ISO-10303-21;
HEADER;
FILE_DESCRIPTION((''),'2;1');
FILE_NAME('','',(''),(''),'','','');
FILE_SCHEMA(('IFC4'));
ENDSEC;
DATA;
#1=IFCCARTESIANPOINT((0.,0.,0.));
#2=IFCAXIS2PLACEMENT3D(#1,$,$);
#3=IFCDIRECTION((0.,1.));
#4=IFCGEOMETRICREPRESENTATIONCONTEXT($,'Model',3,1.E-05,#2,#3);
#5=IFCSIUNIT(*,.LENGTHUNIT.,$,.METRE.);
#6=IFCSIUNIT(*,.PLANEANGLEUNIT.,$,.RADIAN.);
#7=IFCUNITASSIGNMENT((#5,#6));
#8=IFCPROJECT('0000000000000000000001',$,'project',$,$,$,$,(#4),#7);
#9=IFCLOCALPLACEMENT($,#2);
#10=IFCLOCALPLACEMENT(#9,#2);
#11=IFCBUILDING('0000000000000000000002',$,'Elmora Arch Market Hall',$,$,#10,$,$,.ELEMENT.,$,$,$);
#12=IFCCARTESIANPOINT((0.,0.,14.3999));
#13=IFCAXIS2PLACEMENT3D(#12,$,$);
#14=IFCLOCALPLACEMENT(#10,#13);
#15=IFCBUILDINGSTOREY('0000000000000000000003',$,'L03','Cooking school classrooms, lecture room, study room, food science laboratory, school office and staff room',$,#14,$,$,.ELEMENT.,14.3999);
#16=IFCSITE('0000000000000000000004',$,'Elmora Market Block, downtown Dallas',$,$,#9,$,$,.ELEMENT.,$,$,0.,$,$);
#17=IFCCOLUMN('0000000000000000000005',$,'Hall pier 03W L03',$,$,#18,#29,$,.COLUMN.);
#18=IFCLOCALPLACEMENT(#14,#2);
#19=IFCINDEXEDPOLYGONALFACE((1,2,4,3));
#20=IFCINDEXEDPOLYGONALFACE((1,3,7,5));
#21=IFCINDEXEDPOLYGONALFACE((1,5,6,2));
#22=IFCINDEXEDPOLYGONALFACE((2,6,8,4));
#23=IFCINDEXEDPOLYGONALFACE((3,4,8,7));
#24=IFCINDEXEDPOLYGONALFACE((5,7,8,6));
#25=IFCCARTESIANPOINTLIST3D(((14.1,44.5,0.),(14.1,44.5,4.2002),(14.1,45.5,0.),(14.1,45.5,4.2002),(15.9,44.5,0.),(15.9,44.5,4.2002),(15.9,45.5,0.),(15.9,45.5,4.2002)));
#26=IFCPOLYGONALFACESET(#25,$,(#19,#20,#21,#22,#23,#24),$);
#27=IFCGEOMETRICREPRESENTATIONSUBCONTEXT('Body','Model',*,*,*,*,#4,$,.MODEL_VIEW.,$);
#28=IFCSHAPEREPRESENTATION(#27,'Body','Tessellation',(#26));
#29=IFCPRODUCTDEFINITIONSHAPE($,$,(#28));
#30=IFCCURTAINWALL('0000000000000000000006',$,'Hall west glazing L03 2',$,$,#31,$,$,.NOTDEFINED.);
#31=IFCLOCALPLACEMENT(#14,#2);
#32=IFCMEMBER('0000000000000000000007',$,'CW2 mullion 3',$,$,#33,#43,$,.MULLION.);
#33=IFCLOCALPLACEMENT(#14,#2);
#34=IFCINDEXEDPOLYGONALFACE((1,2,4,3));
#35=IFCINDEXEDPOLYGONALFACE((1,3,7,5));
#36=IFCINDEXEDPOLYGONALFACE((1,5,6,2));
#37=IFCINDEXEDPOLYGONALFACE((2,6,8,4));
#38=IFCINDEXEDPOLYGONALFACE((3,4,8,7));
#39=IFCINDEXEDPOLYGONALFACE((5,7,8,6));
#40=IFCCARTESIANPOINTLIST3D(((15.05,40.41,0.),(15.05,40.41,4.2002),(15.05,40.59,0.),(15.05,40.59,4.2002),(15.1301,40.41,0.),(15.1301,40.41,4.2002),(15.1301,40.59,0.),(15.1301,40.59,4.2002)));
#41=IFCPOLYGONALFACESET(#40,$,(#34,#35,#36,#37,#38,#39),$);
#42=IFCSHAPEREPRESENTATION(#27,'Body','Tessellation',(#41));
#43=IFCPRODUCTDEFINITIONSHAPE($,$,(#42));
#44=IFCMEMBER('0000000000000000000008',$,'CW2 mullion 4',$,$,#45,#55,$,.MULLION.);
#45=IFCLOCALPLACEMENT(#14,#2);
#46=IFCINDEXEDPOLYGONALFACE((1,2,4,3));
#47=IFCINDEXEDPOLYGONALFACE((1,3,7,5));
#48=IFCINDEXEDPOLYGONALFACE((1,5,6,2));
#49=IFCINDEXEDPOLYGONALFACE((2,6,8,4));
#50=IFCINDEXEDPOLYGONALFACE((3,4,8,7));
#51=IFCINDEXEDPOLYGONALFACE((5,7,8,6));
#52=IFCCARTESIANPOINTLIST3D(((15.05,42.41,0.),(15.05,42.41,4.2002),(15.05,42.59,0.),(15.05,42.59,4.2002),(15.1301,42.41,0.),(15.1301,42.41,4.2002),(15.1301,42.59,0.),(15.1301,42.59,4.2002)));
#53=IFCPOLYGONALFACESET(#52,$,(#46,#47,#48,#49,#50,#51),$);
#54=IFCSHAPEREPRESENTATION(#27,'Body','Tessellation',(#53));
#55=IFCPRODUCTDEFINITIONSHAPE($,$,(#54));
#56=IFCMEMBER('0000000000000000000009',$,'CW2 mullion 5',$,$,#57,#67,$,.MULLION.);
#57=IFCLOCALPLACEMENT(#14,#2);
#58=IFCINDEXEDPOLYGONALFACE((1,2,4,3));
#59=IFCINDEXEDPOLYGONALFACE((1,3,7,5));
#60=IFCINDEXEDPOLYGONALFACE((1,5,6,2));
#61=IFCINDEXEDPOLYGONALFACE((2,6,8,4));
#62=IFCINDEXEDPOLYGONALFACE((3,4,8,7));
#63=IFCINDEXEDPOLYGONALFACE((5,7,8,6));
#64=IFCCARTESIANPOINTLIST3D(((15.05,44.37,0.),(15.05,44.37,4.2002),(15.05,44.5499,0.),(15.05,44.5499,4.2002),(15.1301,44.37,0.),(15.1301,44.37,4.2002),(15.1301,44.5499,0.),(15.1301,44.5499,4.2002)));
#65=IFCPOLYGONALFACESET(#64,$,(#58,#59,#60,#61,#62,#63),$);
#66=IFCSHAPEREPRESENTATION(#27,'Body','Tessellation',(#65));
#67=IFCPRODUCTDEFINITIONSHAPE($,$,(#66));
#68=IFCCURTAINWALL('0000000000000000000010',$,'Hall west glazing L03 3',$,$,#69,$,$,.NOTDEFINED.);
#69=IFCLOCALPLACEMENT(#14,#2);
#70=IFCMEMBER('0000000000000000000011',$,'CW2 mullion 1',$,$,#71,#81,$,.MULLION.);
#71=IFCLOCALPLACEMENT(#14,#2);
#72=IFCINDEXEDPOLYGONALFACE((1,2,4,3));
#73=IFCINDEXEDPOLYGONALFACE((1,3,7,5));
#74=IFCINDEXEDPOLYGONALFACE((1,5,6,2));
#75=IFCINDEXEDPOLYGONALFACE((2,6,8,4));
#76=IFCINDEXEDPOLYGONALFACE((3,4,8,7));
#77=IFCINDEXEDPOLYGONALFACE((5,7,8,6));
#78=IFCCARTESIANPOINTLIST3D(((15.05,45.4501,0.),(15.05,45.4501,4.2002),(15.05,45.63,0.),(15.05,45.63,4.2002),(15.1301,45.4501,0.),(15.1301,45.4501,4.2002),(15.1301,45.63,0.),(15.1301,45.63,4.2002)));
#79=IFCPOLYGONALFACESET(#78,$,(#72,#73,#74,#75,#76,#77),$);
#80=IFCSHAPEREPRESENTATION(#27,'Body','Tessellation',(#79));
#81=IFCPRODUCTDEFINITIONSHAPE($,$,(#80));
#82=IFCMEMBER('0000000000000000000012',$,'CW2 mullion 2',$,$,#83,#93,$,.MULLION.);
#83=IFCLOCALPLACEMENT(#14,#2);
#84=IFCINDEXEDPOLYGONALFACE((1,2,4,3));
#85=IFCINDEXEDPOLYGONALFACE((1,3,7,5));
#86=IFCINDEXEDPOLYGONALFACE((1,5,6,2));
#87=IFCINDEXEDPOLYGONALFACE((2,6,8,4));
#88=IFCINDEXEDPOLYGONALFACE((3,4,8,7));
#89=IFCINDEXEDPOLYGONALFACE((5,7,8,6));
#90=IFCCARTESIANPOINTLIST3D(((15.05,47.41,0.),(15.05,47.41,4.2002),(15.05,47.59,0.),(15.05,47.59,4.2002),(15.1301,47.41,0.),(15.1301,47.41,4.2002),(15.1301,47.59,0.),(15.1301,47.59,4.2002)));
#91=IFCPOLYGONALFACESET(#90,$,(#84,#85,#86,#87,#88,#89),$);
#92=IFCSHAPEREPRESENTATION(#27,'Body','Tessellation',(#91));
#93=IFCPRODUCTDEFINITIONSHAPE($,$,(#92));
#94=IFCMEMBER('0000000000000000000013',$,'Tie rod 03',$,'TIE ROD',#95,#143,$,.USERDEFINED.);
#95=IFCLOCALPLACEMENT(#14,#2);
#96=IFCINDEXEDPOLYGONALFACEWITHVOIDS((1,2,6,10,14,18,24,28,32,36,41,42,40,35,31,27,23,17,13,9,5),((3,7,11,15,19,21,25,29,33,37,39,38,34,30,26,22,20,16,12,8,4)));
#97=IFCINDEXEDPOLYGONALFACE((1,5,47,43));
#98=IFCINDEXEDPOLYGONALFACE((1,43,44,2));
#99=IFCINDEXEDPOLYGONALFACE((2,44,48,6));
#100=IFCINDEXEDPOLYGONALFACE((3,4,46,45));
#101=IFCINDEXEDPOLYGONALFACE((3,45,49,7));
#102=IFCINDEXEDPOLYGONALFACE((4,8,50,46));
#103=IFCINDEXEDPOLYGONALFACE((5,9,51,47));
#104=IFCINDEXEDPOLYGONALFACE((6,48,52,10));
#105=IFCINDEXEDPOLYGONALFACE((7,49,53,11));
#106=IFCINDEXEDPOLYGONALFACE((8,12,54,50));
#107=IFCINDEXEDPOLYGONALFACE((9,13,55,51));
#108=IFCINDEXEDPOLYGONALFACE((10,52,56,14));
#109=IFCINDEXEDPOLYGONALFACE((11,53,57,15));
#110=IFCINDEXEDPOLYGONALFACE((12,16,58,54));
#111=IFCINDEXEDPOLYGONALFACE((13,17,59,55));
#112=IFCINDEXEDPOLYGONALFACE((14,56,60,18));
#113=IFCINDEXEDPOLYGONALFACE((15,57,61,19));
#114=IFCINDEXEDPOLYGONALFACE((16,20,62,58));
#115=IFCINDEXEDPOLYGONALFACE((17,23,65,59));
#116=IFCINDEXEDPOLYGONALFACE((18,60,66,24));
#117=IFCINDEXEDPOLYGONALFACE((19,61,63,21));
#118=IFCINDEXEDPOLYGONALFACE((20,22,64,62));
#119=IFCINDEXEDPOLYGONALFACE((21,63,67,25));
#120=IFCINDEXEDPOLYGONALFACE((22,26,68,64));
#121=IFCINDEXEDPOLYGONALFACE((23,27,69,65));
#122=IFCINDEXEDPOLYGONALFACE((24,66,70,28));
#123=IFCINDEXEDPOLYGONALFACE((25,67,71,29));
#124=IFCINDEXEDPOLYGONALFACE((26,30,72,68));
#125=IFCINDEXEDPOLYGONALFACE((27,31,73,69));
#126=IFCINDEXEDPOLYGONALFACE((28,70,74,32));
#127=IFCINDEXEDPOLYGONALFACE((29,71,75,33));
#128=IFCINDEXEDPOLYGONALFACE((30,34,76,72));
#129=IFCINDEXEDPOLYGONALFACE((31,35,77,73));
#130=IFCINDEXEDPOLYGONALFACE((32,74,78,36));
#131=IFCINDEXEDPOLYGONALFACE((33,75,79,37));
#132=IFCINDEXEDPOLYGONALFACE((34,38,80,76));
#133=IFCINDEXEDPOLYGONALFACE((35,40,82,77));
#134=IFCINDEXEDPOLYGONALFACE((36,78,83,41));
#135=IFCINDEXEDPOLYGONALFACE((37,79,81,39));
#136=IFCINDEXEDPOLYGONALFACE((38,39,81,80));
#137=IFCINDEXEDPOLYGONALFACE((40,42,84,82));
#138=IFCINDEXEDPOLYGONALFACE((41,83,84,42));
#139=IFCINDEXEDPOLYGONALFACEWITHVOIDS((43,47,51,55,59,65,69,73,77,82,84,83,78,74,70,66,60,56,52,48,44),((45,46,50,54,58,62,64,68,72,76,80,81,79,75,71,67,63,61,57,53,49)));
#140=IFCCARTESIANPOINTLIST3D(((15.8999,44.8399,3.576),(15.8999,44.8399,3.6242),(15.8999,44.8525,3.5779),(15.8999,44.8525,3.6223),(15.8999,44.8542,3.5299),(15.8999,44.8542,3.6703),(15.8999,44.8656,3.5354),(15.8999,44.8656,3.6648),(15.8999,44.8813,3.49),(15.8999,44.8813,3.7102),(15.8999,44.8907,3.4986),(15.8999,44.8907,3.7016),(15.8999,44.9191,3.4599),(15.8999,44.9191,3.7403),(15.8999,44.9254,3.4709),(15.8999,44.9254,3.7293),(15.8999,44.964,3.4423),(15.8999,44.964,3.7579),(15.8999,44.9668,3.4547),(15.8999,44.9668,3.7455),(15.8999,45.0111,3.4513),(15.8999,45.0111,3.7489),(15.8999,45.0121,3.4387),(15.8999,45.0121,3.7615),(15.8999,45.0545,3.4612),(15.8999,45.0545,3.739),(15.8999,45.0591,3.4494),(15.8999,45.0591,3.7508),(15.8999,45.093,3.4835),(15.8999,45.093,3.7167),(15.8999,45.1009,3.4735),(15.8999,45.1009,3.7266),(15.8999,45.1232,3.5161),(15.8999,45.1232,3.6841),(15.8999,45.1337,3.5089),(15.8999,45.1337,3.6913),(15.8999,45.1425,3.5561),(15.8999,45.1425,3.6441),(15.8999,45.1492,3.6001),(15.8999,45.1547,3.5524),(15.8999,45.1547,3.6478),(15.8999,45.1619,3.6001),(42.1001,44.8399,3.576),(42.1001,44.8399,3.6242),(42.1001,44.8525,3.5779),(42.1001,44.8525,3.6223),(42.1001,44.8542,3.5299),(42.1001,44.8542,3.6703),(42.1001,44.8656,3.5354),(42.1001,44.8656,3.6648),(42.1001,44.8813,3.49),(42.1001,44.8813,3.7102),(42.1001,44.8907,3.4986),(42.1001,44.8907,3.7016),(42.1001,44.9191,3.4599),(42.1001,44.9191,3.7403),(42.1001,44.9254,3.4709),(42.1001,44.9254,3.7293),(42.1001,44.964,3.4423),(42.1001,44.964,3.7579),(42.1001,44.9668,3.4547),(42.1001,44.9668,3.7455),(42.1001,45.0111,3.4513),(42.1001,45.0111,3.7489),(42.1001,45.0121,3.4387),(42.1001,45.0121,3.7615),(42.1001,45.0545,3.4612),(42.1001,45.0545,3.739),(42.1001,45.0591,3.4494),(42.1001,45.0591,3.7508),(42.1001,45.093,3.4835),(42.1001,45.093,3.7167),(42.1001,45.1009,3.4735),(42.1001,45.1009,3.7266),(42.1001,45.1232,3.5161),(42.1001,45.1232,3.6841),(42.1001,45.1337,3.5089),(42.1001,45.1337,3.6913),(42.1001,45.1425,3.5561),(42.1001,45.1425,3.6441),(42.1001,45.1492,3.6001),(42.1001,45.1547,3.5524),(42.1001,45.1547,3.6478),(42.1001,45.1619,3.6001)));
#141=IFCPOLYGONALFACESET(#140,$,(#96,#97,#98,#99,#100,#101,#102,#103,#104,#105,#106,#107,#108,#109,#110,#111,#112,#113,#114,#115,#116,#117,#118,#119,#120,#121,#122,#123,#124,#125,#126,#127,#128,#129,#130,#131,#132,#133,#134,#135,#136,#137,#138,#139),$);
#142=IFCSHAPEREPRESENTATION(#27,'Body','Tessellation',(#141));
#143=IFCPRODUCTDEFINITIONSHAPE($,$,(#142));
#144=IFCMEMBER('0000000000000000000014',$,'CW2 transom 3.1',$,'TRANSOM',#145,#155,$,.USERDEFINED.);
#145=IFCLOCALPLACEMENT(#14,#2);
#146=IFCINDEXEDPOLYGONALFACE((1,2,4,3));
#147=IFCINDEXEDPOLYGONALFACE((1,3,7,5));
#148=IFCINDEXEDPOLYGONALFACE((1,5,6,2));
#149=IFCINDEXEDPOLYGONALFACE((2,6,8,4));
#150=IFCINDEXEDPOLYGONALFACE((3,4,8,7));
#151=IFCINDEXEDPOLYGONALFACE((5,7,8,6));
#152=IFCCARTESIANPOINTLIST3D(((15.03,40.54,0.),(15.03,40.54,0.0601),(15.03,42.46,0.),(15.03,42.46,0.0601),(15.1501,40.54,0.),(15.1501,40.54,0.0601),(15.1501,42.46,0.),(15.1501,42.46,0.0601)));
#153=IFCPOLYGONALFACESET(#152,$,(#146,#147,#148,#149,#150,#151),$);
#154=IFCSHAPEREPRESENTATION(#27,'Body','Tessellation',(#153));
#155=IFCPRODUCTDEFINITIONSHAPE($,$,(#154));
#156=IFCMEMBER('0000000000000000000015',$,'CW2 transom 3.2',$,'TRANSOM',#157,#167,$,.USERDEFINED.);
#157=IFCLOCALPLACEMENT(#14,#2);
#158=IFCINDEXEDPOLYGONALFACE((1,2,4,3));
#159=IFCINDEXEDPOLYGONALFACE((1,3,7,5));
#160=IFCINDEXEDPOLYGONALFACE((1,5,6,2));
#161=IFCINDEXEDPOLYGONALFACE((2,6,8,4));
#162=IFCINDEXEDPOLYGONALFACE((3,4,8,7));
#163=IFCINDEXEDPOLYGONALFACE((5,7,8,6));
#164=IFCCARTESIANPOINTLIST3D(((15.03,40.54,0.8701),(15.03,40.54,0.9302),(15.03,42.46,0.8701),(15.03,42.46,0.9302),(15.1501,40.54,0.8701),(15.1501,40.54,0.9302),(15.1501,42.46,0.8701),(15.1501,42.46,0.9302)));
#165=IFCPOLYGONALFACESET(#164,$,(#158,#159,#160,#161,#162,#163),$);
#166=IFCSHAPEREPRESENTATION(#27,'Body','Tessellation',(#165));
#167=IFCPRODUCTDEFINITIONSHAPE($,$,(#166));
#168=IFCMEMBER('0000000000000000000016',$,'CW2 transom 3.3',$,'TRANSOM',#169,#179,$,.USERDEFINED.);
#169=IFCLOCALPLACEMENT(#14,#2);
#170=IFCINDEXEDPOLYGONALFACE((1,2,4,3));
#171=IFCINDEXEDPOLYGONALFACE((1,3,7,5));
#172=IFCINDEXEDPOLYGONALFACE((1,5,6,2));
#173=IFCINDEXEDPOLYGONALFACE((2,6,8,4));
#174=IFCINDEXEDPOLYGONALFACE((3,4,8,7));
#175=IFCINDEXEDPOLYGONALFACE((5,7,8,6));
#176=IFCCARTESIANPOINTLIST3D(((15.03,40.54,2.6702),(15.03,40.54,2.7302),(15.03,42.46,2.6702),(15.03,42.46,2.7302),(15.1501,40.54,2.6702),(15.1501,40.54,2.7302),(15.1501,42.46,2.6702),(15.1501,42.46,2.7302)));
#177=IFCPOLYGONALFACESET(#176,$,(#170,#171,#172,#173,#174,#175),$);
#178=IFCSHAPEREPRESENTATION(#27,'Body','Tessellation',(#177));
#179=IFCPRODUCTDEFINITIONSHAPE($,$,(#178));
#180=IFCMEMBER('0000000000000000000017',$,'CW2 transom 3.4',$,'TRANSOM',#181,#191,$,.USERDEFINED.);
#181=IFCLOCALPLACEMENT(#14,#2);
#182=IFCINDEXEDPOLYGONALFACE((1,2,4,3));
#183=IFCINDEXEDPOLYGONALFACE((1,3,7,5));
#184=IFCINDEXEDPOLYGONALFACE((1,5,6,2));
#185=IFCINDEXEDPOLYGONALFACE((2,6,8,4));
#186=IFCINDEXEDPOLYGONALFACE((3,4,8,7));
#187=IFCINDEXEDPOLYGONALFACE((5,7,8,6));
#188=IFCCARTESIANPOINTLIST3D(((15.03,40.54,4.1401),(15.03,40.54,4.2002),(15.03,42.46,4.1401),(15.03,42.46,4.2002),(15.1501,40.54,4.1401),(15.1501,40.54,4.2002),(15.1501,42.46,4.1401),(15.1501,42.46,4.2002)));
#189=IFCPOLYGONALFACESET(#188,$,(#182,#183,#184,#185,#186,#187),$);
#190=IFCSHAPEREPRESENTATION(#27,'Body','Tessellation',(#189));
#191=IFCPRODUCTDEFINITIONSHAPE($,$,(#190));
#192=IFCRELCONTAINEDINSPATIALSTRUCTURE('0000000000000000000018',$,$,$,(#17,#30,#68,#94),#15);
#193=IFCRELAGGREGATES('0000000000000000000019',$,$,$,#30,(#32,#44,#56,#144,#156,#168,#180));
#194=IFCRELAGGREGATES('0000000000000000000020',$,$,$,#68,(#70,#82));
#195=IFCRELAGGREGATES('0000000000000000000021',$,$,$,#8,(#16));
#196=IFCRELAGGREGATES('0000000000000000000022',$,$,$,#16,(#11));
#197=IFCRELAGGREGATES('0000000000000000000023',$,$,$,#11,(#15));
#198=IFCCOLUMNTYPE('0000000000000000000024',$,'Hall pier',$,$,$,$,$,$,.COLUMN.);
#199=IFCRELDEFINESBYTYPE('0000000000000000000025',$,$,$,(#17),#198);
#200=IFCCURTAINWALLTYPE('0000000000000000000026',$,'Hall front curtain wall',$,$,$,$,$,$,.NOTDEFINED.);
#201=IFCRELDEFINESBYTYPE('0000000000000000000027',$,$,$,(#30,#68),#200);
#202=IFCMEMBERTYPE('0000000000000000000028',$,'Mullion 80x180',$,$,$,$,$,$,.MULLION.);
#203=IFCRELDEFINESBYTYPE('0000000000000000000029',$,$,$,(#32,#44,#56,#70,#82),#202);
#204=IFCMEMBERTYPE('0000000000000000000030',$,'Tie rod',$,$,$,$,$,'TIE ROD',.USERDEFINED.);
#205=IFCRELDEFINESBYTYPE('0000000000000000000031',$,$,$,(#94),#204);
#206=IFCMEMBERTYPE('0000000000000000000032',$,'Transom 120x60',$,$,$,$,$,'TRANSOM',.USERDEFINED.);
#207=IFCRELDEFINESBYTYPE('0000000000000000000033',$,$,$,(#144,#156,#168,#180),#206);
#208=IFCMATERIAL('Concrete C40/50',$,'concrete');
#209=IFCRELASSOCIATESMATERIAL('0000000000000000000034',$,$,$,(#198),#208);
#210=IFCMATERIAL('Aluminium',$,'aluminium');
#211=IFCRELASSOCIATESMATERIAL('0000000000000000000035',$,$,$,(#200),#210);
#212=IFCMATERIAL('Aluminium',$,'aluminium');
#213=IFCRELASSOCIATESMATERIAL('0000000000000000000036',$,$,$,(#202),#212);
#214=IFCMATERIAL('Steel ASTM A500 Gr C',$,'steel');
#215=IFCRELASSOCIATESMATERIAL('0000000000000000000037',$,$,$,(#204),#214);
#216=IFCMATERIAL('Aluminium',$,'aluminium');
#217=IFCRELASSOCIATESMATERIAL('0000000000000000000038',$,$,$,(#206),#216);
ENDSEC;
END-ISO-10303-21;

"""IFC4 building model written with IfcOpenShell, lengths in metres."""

from ifc_helpers import new_model, si_unit, direction, frame, origin, origin_2d, place, context, subcontext, project, spatial, rectangle, hollow_circle, extrude, material, material_profile, profile_set, type_object, element, aggregate, save


model = new_model("IFC4")

# Units and contexts
model_context = context("Model", 3, precision=1e-05, world=origin(), true_north=direction((0.0, 1.0)))
body_context = subcontext(model_context, "Body", "Model", "MODEL_VIEW")
ifc_project = project(units=[si_unit("LENGTHUNIT", "METRE"), si_unit("PLANEANGLEUNIT", "RADIAN")], contexts=[model_context])

# Site, building, storey
site_placement = place(None, origin())
site = spatial("IfcSite", under=ifc_project, at=site_placement, Name="Elmora Market Block, downtown Dallas", CompositionType="ELEMENT", RefElevation=0.0)
building_placement = place(site_placement, origin())
building = spatial("IfcBuilding", under=site, at=building_placement, Name="Elmora Arch Market Hall", CompositionType="ELEMENT")
storey_placement = place(building_placement, frame((0.0, 0.0, 14.3999)))
storey = spatial("IfcBuildingStorey", under=building, at=storey_placement, Name="L03", Description="Cooking school classrooms, lecture room, study room, food science laboratory, school office and staff room", CompositionType="ELEMENT", Elevation=14.3999)

# Column
ifc_material_1 = material(Name="Concrete C40/50", Category="concrete")
ifc_material_profile_1 = material_profile(ifc_material_1, rectangle(XDim=1.8, YDim=1.0, at=origin_2d()), Name="Hall pier")
ifc_profile_set_1 = profile_set([ifc_material_profile_1], Name="Concrete C40/50")
column_type = type_object("IfcColumnType", Name="Hall pier", PredefinedType="COLUMN", material=ifc_profile_set_1)
column_placement = place(storey_placement, frame((15.0, 45.0, 0.0), z_axis=(0.0, 0.0, 1.0), x_axis=(1.0, 0.0, 0.0)))
element("IfcColumn", 1, at=column_placement, inside=storey, type_object=column_type, Name="Hall pier 03W L03", PredefinedType="COLUMN", context=body_context, shape_type="SweptSolid", body=[
    extrude(rectangle(XDim=1.8, YDim=1.0, at=origin_2d()), origin(), (0.0, 0.0, 1.0), 4.2002),
])

# Curtain walls, members
ifc_material_2 = material(Name="Aluminium", Category="aluminium")
curtain_wall_type = type_object("IfcCurtainWallType", Name="Hall front curtain wall", PredefinedType="NOTDEFINED", material=ifc_material_2)
curtain_wall_1_placement = place(storey_placement, origin())
curtain_wall_1 = element("IfcCurtainWall", 2, at=curtain_wall_1_placement, inside=storey, type_object=curtain_wall_type, Name="Hall west glazing L03 2", PredefinedType="NOTDEFINED")
ifc_material_3 = material(Name="Aluminium", Category="aluminium")
ifc_material_profile_2 = material_profile(ifc_material_3, rectangle(XDim=0.0801, YDim=0.1799, at=origin_2d()), Name="AL 80x180")
ifc_profile_set_2 = profile_set([ifc_material_profile_2], Name="Aluminium")
member_type_1 = type_object("IfcMemberType", Name="Mullion 80x180", PredefinedType="MULLION", material=ifc_profile_set_2)
member_1_placement = place(storey_placement, frame((15.0901, 40.5, 0.0), z_axis=(0.0, 0.0, 1.0), x_axis=(-1.0, 0.0, 0.0)))
member_1 = element("IfcMember", 3, at=member_1_placement, type_object=member_type_1, Name="CW2 mullion 3", PredefinedType="MULLION", context=body_context, shape_type="SweptSolid", body=[
    extrude(rectangle(XDim=0.0801, YDim=0.1799, at=origin_2d()), origin(), (0.0, 0.0, 1.0), 4.2002),
])
member_2_placement = place(storey_placement, frame((15.0901, 42.5, 0.0), z_axis=(0.0, 0.0, 1.0), x_axis=(-1.0, 0.0, 0.0)))
member_2 = element("IfcMember", 4, at=member_2_placement, type_object=member_type_1, Name="CW2 mullion 4", PredefinedType="MULLION", context=body_context, shape_type="SweptSolid", body=[
    extrude(rectangle(XDim=0.0801, YDim=0.1799, at=origin_2d()), origin(), (0.0, 0.0, 1.0), 4.2002),
])
member_3_placement = place(storey_placement, frame((15.0901, 44.46, 0.0), z_axis=(0.0, 0.0, 1.0), x_axis=(-1.0, 0.0, 0.0)))
member_3 = element("IfcMember", 5, at=member_3_placement, type_object=member_type_1, Name="CW2 mullion 5", PredefinedType="MULLION", context=body_context, shape_type="SweptSolid", body=[
    extrude(rectangle(XDim=0.0801, YDim=0.1799, at=origin_2d()), origin(), (0.0, 0.0, 1.0), 4.2002),
])
curtain_wall_2_placement = place(storey_placement, origin())
curtain_wall_2 = element("IfcCurtainWall", 6, at=curtain_wall_2_placement, inside=storey, type_object=curtain_wall_type, Name="Hall west glazing L03 3", PredefinedType="NOTDEFINED")
member_4_placement = place(storey_placement, frame((15.0901, 45.54, 0.0), z_axis=(0.0, 0.0, 1.0), x_axis=(-1.0, 0.0, 0.0)))
member_4 = element("IfcMember", 7, at=member_4_placement, type_object=member_type_1, Name="CW2 mullion 1", PredefinedType="MULLION", context=body_context, shape_type="SweptSolid", body=[
    extrude(rectangle(XDim=0.0801, YDim=0.1799, at=origin_2d()), origin(), (0.0, 0.0, 1.0), 4.2002),
])
member_5_placement = place(storey_placement, frame((15.0901, 47.5, 0.0), z_axis=(0.0, 0.0, 1.0), x_axis=(-1.0, 0.0, 0.0)))
member_5 = element("IfcMember", 8, at=member_5_placement, type_object=member_type_1, Name="CW2 mullion 2", PredefinedType="MULLION", context=body_context, shape_type="SweptSolid", body=[
    extrude(rectangle(XDim=0.0801, YDim=0.1799, at=origin_2d()), origin(), (0.0, 0.0, 1.0), 4.2002),
])

# Members
ifc_material_4 = material(Name="Steel ASTM A500 Gr C", Category="steel")
ifc_material_profile_3 = material_profile(ifc_material_4, hollow_circle(Radius=0.1619, WallThickness=0.0127, at=origin_2d()), Name="Tie rod")
ifc_profile_set_3 = profile_set([ifc_material_profile_3], Name="Steel ASTM A500 Gr C")
member_type_2 = type_object("IfcMemberType", Name="Tie rod", ElementType="TIE ROD", PredefinedType="USERDEFINED", material=ifc_profile_set_3)
member_6_placement = place(storey_placement, frame((15.8999, 45.0, 3.6001), z_axis=(1.0, 0.0, 0.0), x_axis=(0.0, 1.0, 0.0)))
element("IfcMember", 9, at=member_6_placement, inside=storey, type_object=member_type_2, Name="Tie rod 03", ObjectType="TIE ROD", PredefinedType="USERDEFINED", context=body_context, shape_type="SweptSolid", body=[
    extrude(hollow_circle(Radius=0.1619, WallThickness=0.0127, at=origin_2d()), origin(), (0.0, 0.0, 1.0), 26.2002),
])
ifc_material_5 = material(Name="Aluminium", Category="aluminium")
ifc_material_profile_4 = material_profile(ifc_material_5, rectangle(XDim=0.1201, YDim=0.0601, at=origin_2d()), Name="AL 120x60")
ifc_profile_set_4 = profile_set([ifc_material_profile_4], Name="Aluminium")
member_type_3 = type_object("IfcMemberType", Name="Transom 120x60", ElementType="TRANSOM", PredefinedType="USERDEFINED", material=ifc_profile_set_4)
member_7_placement = place(storey_placement, frame((15.0901, 40.54, 0.03), z_axis=(0.0, 1.0, 0.0), x_axis=(-1.0, 0.0, 0.0)))
member_7 = element("IfcMember", 10, at=member_7_placement, type_object=member_type_3, Name="CW2 transom 3.1", ObjectType="TRANSOM", PredefinedType="USERDEFINED", context=body_context, shape_type="SweptSolid", body=[
    extrude(rectangle(XDim=0.1201, YDim=0.0601, at=origin_2d()), origin(), (0.0, 0.0, 1.0), 1.9199),
])
member_8_placement = place(storey_placement, frame((15.0901, 40.54, 0.9001), z_axis=(0.0, 1.0, 0.0), x_axis=(-1.0, 0.0, 0.0)))
member_8 = element("IfcMember", 11, at=member_8_placement, type_object=member_type_3, Name="CW2 transom 3.2", ObjectType="TRANSOM", PredefinedType="USERDEFINED", context=body_context, shape_type="SweptSolid", body=[
    extrude(rectangle(XDim=0.1201, YDim=0.0601, at=origin_2d()), origin(), (0.0, 0.0, 1.0), 1.9199),
])
member_9_placement = place(storey_placement, frame((15.0901, 40.54, 2.7002), z_axis=(0.0, 1.0, 0.0), x_axis=(-1.0, 0.0, 0.0)))
member_9 = element("IfcMember", 12, at=member_9_placement, type_object=member_type_3, Name="CW2 transom 3.3", ObjectType="TRANSOM", PredefinedType="USERDEFINED", context=body_context, shape_type="SweptSolid", body=[
    extrude(rectangle(XDim=0.1201, YDim=0.0601, at=origin_2d()), origin(), (0.0, 0.0, 1.0), 1.9199),
])
member_10_placement = place(storey_placement, frame((15.0901, 40.54, 4.1702), z_axis=(0.0, 1.0, 0.0), x_axis=(-1.0, 0.0, 0.0)))
member_10 = element("IfcMember", 13, at=member_10_placement, type_object=member_type_3, Name="CW2 transom 3.4", ObjectType="TRANSOM", PredefinedType="USERDEFINED", context=body_context, shape_type="SweptSolid", body=[
    extrude(rectangle(XDim=0.1201, YDim=0.0601, at=origin_2d()), origin(), (0.0, 0.0, 1.0), 1.9199),
])

aggregate(curtain_wall_1, [member_1, member_2, member_3, member_7, member_8, member_9, member_10])
aggregate(curtain_wall_2, [member_4, member_5])

save(model, "model.ifc")
